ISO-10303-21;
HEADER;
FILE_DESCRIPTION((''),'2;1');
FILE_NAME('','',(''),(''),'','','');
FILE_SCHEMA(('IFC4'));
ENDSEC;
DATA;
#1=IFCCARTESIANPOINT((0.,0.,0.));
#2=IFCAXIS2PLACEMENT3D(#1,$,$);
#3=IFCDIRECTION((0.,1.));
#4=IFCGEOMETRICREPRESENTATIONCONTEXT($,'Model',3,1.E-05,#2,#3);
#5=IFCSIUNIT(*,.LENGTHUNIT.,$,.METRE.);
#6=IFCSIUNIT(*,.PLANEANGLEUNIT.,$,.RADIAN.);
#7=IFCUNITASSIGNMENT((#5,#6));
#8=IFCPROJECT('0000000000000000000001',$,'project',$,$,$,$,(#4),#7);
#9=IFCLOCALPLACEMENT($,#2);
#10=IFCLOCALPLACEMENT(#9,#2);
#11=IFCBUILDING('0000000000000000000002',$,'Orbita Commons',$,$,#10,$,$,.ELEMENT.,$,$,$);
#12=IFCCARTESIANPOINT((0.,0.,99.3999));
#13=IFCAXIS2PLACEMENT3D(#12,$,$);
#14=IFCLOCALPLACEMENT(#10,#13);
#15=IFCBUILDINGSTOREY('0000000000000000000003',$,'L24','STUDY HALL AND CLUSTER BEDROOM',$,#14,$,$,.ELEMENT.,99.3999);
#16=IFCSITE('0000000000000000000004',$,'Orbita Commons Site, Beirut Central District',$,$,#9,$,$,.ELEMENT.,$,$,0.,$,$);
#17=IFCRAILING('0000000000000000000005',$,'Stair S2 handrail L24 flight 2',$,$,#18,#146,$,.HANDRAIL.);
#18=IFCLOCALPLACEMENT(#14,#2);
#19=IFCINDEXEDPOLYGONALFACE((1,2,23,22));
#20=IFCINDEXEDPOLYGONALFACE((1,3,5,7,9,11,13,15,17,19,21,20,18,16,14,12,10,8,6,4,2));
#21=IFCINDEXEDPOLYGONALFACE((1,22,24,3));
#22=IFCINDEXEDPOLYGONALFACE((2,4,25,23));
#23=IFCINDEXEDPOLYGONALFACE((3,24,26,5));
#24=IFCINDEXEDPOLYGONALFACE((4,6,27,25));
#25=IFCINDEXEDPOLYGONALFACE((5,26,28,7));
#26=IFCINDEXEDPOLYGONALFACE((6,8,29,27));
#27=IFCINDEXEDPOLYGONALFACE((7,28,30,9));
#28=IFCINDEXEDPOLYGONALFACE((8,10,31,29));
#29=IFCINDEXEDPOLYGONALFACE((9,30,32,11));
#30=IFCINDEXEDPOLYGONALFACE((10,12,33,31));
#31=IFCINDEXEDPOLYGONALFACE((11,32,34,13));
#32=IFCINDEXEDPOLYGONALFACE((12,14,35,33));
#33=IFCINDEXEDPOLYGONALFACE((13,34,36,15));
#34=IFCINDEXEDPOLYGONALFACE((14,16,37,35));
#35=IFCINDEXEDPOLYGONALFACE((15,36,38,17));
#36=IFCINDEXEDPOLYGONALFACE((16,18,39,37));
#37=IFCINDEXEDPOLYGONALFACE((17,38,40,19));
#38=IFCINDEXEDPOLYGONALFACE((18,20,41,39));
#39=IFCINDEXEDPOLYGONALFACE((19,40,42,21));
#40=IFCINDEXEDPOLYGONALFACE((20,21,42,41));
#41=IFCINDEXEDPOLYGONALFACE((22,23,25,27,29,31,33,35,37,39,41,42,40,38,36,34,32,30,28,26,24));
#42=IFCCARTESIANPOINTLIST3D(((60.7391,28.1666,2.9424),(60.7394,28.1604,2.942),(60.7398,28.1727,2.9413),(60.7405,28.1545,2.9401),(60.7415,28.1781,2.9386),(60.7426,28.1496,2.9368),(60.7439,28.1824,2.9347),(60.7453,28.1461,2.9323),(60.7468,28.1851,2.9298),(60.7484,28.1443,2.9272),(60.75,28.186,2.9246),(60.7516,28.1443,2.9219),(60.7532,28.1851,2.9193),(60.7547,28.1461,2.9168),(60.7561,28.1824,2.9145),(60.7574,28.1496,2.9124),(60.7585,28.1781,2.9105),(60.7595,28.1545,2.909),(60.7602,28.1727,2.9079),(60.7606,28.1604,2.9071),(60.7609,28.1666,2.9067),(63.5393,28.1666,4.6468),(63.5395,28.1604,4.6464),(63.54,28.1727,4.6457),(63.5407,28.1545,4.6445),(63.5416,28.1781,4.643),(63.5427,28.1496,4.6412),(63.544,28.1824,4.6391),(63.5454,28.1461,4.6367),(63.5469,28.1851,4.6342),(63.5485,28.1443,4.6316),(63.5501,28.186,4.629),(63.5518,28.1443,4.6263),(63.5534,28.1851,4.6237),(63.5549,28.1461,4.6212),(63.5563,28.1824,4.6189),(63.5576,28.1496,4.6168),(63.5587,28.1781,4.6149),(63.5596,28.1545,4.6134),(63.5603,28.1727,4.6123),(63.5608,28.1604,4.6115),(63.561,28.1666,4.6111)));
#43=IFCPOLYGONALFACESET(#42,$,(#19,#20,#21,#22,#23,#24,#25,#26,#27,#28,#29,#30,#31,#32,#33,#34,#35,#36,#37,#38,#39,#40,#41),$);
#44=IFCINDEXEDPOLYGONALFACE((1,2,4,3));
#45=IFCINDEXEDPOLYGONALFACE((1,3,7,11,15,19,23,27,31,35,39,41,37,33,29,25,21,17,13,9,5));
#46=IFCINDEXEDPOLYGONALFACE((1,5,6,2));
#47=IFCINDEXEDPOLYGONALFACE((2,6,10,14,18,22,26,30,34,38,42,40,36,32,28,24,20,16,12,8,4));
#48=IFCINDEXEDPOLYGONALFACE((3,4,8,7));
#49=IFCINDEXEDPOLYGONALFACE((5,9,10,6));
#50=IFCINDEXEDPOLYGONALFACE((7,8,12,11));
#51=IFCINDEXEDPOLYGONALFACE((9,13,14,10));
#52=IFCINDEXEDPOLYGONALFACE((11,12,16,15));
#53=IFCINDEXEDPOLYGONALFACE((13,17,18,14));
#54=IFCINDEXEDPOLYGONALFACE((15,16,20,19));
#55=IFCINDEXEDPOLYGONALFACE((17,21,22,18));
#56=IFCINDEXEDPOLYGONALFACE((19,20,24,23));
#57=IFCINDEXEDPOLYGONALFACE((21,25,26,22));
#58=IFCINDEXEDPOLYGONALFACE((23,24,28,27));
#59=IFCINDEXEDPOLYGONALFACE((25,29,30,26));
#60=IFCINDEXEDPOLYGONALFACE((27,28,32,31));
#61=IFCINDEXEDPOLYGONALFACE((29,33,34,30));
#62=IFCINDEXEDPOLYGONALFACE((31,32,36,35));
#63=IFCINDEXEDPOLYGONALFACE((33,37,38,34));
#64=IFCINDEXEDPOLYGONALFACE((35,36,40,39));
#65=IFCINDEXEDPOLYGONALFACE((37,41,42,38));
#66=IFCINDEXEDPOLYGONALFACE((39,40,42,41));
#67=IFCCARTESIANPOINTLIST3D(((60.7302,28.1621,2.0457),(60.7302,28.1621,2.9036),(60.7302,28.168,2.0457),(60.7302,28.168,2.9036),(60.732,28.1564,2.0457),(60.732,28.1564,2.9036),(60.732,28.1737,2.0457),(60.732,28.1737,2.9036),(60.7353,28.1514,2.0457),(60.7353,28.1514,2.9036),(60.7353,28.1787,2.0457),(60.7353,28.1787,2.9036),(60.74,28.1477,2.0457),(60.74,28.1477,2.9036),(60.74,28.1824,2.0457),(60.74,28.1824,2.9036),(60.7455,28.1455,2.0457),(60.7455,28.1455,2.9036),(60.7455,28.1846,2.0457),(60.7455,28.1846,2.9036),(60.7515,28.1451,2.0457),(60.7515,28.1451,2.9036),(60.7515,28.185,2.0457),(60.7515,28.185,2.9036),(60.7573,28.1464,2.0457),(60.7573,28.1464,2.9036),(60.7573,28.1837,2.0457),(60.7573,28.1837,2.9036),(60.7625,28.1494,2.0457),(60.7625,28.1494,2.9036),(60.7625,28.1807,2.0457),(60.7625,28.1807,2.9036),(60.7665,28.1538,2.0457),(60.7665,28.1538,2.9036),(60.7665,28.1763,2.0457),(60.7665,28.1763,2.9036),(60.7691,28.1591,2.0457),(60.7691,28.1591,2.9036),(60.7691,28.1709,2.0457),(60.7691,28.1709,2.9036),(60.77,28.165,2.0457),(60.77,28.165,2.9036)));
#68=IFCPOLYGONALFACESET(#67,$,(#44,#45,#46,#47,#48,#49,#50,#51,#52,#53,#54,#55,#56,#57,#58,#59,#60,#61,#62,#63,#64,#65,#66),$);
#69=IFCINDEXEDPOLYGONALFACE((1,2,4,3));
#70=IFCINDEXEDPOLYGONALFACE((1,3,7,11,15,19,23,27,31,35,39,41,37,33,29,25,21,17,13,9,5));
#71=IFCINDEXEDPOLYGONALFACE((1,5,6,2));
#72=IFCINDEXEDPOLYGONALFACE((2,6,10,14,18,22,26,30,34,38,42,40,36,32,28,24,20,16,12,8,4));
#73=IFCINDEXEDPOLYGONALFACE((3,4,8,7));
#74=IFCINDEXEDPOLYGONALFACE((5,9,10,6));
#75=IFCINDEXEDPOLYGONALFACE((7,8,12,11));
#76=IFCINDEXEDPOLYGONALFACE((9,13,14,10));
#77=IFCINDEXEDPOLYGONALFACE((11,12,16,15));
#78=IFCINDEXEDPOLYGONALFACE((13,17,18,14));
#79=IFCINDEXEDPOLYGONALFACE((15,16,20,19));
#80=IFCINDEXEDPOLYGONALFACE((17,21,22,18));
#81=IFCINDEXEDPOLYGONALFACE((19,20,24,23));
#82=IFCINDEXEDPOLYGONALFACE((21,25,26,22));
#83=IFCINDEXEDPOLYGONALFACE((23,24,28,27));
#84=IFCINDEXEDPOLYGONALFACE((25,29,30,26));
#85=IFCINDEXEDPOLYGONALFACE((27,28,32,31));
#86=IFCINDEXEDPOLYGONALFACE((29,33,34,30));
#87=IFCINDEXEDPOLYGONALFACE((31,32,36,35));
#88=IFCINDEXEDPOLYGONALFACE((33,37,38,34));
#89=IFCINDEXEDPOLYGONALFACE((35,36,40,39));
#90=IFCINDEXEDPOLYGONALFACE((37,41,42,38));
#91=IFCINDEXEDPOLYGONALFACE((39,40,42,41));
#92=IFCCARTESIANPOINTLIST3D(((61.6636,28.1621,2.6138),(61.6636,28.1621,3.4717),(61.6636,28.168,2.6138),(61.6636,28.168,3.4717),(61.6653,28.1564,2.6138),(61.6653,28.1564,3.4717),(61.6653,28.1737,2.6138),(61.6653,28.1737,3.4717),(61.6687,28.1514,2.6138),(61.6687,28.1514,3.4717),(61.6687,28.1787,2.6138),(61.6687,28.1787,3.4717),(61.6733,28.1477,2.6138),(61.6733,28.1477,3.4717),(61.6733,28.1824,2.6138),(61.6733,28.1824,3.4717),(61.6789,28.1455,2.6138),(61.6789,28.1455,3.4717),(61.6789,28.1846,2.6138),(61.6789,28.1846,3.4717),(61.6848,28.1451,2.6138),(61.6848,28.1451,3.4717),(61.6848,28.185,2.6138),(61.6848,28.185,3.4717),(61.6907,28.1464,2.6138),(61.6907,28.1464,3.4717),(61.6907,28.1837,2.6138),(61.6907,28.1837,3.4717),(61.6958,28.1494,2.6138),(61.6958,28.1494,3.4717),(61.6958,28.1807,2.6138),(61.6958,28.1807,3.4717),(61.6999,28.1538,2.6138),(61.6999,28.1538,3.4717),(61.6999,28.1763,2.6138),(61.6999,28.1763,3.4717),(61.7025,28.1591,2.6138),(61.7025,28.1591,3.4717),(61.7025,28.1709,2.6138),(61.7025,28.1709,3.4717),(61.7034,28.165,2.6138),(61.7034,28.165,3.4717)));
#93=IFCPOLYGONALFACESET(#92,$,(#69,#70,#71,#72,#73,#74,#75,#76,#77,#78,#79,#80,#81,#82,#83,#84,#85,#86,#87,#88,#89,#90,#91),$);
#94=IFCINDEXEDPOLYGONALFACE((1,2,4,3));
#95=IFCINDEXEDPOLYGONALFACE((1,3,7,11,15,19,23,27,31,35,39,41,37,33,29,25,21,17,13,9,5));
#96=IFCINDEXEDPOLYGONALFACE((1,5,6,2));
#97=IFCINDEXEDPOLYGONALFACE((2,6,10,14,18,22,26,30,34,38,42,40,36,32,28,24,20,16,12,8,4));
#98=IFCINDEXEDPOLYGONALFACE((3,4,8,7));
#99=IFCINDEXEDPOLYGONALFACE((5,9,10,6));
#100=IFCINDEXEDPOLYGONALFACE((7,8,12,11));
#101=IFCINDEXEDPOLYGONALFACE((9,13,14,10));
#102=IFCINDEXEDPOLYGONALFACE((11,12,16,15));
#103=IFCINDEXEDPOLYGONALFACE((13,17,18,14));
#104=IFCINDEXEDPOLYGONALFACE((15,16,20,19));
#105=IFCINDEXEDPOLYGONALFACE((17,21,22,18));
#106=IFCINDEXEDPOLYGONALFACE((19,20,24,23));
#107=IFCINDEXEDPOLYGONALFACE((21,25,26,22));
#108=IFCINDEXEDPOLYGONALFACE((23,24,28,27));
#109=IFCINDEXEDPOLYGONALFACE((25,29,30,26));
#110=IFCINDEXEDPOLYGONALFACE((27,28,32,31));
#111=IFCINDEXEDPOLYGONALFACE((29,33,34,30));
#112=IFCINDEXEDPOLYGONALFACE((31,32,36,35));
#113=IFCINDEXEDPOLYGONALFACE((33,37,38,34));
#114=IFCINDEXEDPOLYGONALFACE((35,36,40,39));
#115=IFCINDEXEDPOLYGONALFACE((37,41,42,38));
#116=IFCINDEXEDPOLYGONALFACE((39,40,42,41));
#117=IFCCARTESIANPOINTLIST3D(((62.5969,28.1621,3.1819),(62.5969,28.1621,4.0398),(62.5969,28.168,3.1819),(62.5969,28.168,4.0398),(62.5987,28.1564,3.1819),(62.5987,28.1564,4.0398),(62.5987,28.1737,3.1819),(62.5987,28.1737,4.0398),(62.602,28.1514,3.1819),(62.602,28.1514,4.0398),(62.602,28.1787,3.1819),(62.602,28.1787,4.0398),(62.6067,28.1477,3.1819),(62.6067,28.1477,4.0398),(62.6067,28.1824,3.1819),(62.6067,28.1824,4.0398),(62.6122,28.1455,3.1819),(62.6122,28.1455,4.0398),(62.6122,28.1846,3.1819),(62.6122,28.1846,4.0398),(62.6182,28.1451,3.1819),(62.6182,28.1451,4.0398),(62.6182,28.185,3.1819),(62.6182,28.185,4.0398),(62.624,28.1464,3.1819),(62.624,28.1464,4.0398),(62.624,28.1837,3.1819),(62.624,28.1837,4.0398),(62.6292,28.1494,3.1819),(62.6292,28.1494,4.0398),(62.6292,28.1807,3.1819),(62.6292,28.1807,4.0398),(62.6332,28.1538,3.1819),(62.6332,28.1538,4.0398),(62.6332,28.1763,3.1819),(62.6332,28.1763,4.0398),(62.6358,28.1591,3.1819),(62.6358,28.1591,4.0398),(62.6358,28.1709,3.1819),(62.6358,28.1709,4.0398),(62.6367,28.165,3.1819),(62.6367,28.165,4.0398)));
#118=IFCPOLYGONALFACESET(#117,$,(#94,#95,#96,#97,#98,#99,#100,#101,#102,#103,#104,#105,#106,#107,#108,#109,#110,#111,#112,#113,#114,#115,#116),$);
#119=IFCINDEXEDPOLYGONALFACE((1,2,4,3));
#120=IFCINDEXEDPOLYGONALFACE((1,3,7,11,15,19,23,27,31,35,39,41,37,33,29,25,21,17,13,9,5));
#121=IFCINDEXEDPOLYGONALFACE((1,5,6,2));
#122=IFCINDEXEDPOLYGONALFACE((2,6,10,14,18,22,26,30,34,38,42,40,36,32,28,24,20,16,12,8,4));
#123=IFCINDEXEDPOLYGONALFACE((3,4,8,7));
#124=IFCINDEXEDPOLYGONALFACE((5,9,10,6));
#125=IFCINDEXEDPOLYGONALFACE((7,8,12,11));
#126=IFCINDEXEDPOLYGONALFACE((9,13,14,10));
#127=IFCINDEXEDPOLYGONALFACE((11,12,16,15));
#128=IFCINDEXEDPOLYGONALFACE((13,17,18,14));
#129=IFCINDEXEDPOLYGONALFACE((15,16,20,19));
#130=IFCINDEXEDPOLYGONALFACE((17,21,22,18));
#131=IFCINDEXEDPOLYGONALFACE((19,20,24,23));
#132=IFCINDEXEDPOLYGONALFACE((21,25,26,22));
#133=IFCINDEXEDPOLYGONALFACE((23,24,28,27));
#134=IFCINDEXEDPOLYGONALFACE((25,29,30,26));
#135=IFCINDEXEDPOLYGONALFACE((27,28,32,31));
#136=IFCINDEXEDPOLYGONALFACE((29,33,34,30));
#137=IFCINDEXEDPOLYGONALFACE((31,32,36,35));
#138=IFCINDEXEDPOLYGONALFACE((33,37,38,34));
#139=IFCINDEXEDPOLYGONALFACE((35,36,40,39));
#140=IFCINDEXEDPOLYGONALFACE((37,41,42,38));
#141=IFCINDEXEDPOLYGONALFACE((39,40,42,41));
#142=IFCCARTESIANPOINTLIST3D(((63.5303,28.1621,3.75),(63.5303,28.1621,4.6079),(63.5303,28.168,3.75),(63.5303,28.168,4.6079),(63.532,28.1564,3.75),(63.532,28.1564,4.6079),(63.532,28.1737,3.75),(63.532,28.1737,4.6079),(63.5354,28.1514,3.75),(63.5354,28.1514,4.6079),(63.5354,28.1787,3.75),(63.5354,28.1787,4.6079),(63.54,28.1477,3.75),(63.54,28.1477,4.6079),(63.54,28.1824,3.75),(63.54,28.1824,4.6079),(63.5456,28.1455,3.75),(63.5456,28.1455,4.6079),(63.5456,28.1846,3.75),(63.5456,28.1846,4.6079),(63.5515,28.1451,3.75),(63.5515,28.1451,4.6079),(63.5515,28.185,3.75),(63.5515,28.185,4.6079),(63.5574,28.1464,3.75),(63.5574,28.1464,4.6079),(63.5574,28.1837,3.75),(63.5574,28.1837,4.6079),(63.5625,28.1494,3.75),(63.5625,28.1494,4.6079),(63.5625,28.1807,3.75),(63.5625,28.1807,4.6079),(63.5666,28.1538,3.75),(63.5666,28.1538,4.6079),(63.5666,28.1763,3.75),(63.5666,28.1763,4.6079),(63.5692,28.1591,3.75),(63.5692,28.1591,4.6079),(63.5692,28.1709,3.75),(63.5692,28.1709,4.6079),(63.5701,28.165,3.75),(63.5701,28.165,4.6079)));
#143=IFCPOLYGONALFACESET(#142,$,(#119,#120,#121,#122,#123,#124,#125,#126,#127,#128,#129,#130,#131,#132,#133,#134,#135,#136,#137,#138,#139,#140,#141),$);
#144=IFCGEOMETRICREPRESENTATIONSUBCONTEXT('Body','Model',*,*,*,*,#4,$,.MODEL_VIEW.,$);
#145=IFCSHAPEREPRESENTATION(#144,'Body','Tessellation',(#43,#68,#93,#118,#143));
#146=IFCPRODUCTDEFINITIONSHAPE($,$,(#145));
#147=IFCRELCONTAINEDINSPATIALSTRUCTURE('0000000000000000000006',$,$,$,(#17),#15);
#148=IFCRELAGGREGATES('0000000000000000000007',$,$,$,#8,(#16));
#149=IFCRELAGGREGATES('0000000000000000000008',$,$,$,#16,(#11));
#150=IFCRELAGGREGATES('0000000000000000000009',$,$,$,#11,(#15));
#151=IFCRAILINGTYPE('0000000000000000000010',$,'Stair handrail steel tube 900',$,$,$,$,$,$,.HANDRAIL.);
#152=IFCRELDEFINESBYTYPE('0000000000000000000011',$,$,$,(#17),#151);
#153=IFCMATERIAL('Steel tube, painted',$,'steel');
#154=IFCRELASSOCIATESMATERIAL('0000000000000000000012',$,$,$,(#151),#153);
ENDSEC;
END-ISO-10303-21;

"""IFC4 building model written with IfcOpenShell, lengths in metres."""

from ifc_helpers import new_model, si_unit, direction, frame, origin, origin_2d, place, context, subcontext, project, spatial, circle, extrude, material, type_object, element, save


model = new_model("IFC4")

# Units and contexts
model_context = context("Model", 3, precision=1e-05, world=origin(), true_north=direction((0.0, 1.0)))
body_context = subcontext(model_context, "Body", "Model", "MODEL_VIEW")
ifc_project = project(units=[si_unit("LENGTHUNIT", "METRE"), si_unit("PLANEANGLEUNIT", "RADIAN")], contexts=[model_context])

# Site, building, storey
site_placement = place(None, origin())
site = spatial("IfcSite", under=ifc_project, at=site_placement, Name="Orbita Commons Site, Beirut Central District", CompositionType="ELEMENT", RefElevation=0.0)
building_placement = place(site_placement, origin())
building = spatial("IfcBuilding", under=site, at=building_placement, Name="Orbita Commons", CompositionType="ELEMENT")
storey_placement = place(building_placement, frame((0.0, 0.0, 99.3999)))
storey = spatial("IfcBuildingStorey", under=building, at=storey_placement, Name="L24", Description="STUDY HALL AND CLUSTER BEDROOM", CompositionType="ELEMENT", Elevation=99.3999)

# Railing
ifc_material_1 = material(Name="Steel tube, painted", Category="steel")
railing_type = type_object("IfcRailingType", Name="Stair handrail steel tube 900", PredefinedType="HANDRAIL", material=ifc_material_1)
for number, where, name in (
    (1, (60.75, 28.165, 2.0457), "Stair S2 handrail L24 flight 2"),
):
    element("IfcRailing", number, at=place(storey_placement, frame(where)), inside=storey, type_object=railing_type, Name=name, PredefinedType="HANDRAIL", context=body_context, shape_type="SweptSolid", body=[
        extrude(circle(Radius=0.021, at=origin_2d()), frame((0.0, 0.0, 0.8789), z_axis=(0.854203, 0.0, 0.51994), x_axis=(0.0, 1.0, 0.0)), (0.0, 0.0, 1.0), 3.2781),
        extrude(circle(Radius=0.02, at=origin_2d()), origin(), (0.0, 0.0, 1.0), 0.8579),
        extrude(circle(Radius=0.02, at=origin_2d()), frame((0.9333, 0.0, 0.5681)), (0.0, 0.0, 1.0), 0.8579),
        extrude(circle(Radius=0.02, at=origin_2d()), frame((1.8667, 0.0, 1.1362)), (0.0, 0.0, 1.0), 0.8579),
        extrude(circle(Radius=0.02, at=origin_2d()), frame((2.8, 0.0, 1.7043)), (0.0, 0.0, 1.0), 0.8579),
    ])

save(model, "model.ifc")
